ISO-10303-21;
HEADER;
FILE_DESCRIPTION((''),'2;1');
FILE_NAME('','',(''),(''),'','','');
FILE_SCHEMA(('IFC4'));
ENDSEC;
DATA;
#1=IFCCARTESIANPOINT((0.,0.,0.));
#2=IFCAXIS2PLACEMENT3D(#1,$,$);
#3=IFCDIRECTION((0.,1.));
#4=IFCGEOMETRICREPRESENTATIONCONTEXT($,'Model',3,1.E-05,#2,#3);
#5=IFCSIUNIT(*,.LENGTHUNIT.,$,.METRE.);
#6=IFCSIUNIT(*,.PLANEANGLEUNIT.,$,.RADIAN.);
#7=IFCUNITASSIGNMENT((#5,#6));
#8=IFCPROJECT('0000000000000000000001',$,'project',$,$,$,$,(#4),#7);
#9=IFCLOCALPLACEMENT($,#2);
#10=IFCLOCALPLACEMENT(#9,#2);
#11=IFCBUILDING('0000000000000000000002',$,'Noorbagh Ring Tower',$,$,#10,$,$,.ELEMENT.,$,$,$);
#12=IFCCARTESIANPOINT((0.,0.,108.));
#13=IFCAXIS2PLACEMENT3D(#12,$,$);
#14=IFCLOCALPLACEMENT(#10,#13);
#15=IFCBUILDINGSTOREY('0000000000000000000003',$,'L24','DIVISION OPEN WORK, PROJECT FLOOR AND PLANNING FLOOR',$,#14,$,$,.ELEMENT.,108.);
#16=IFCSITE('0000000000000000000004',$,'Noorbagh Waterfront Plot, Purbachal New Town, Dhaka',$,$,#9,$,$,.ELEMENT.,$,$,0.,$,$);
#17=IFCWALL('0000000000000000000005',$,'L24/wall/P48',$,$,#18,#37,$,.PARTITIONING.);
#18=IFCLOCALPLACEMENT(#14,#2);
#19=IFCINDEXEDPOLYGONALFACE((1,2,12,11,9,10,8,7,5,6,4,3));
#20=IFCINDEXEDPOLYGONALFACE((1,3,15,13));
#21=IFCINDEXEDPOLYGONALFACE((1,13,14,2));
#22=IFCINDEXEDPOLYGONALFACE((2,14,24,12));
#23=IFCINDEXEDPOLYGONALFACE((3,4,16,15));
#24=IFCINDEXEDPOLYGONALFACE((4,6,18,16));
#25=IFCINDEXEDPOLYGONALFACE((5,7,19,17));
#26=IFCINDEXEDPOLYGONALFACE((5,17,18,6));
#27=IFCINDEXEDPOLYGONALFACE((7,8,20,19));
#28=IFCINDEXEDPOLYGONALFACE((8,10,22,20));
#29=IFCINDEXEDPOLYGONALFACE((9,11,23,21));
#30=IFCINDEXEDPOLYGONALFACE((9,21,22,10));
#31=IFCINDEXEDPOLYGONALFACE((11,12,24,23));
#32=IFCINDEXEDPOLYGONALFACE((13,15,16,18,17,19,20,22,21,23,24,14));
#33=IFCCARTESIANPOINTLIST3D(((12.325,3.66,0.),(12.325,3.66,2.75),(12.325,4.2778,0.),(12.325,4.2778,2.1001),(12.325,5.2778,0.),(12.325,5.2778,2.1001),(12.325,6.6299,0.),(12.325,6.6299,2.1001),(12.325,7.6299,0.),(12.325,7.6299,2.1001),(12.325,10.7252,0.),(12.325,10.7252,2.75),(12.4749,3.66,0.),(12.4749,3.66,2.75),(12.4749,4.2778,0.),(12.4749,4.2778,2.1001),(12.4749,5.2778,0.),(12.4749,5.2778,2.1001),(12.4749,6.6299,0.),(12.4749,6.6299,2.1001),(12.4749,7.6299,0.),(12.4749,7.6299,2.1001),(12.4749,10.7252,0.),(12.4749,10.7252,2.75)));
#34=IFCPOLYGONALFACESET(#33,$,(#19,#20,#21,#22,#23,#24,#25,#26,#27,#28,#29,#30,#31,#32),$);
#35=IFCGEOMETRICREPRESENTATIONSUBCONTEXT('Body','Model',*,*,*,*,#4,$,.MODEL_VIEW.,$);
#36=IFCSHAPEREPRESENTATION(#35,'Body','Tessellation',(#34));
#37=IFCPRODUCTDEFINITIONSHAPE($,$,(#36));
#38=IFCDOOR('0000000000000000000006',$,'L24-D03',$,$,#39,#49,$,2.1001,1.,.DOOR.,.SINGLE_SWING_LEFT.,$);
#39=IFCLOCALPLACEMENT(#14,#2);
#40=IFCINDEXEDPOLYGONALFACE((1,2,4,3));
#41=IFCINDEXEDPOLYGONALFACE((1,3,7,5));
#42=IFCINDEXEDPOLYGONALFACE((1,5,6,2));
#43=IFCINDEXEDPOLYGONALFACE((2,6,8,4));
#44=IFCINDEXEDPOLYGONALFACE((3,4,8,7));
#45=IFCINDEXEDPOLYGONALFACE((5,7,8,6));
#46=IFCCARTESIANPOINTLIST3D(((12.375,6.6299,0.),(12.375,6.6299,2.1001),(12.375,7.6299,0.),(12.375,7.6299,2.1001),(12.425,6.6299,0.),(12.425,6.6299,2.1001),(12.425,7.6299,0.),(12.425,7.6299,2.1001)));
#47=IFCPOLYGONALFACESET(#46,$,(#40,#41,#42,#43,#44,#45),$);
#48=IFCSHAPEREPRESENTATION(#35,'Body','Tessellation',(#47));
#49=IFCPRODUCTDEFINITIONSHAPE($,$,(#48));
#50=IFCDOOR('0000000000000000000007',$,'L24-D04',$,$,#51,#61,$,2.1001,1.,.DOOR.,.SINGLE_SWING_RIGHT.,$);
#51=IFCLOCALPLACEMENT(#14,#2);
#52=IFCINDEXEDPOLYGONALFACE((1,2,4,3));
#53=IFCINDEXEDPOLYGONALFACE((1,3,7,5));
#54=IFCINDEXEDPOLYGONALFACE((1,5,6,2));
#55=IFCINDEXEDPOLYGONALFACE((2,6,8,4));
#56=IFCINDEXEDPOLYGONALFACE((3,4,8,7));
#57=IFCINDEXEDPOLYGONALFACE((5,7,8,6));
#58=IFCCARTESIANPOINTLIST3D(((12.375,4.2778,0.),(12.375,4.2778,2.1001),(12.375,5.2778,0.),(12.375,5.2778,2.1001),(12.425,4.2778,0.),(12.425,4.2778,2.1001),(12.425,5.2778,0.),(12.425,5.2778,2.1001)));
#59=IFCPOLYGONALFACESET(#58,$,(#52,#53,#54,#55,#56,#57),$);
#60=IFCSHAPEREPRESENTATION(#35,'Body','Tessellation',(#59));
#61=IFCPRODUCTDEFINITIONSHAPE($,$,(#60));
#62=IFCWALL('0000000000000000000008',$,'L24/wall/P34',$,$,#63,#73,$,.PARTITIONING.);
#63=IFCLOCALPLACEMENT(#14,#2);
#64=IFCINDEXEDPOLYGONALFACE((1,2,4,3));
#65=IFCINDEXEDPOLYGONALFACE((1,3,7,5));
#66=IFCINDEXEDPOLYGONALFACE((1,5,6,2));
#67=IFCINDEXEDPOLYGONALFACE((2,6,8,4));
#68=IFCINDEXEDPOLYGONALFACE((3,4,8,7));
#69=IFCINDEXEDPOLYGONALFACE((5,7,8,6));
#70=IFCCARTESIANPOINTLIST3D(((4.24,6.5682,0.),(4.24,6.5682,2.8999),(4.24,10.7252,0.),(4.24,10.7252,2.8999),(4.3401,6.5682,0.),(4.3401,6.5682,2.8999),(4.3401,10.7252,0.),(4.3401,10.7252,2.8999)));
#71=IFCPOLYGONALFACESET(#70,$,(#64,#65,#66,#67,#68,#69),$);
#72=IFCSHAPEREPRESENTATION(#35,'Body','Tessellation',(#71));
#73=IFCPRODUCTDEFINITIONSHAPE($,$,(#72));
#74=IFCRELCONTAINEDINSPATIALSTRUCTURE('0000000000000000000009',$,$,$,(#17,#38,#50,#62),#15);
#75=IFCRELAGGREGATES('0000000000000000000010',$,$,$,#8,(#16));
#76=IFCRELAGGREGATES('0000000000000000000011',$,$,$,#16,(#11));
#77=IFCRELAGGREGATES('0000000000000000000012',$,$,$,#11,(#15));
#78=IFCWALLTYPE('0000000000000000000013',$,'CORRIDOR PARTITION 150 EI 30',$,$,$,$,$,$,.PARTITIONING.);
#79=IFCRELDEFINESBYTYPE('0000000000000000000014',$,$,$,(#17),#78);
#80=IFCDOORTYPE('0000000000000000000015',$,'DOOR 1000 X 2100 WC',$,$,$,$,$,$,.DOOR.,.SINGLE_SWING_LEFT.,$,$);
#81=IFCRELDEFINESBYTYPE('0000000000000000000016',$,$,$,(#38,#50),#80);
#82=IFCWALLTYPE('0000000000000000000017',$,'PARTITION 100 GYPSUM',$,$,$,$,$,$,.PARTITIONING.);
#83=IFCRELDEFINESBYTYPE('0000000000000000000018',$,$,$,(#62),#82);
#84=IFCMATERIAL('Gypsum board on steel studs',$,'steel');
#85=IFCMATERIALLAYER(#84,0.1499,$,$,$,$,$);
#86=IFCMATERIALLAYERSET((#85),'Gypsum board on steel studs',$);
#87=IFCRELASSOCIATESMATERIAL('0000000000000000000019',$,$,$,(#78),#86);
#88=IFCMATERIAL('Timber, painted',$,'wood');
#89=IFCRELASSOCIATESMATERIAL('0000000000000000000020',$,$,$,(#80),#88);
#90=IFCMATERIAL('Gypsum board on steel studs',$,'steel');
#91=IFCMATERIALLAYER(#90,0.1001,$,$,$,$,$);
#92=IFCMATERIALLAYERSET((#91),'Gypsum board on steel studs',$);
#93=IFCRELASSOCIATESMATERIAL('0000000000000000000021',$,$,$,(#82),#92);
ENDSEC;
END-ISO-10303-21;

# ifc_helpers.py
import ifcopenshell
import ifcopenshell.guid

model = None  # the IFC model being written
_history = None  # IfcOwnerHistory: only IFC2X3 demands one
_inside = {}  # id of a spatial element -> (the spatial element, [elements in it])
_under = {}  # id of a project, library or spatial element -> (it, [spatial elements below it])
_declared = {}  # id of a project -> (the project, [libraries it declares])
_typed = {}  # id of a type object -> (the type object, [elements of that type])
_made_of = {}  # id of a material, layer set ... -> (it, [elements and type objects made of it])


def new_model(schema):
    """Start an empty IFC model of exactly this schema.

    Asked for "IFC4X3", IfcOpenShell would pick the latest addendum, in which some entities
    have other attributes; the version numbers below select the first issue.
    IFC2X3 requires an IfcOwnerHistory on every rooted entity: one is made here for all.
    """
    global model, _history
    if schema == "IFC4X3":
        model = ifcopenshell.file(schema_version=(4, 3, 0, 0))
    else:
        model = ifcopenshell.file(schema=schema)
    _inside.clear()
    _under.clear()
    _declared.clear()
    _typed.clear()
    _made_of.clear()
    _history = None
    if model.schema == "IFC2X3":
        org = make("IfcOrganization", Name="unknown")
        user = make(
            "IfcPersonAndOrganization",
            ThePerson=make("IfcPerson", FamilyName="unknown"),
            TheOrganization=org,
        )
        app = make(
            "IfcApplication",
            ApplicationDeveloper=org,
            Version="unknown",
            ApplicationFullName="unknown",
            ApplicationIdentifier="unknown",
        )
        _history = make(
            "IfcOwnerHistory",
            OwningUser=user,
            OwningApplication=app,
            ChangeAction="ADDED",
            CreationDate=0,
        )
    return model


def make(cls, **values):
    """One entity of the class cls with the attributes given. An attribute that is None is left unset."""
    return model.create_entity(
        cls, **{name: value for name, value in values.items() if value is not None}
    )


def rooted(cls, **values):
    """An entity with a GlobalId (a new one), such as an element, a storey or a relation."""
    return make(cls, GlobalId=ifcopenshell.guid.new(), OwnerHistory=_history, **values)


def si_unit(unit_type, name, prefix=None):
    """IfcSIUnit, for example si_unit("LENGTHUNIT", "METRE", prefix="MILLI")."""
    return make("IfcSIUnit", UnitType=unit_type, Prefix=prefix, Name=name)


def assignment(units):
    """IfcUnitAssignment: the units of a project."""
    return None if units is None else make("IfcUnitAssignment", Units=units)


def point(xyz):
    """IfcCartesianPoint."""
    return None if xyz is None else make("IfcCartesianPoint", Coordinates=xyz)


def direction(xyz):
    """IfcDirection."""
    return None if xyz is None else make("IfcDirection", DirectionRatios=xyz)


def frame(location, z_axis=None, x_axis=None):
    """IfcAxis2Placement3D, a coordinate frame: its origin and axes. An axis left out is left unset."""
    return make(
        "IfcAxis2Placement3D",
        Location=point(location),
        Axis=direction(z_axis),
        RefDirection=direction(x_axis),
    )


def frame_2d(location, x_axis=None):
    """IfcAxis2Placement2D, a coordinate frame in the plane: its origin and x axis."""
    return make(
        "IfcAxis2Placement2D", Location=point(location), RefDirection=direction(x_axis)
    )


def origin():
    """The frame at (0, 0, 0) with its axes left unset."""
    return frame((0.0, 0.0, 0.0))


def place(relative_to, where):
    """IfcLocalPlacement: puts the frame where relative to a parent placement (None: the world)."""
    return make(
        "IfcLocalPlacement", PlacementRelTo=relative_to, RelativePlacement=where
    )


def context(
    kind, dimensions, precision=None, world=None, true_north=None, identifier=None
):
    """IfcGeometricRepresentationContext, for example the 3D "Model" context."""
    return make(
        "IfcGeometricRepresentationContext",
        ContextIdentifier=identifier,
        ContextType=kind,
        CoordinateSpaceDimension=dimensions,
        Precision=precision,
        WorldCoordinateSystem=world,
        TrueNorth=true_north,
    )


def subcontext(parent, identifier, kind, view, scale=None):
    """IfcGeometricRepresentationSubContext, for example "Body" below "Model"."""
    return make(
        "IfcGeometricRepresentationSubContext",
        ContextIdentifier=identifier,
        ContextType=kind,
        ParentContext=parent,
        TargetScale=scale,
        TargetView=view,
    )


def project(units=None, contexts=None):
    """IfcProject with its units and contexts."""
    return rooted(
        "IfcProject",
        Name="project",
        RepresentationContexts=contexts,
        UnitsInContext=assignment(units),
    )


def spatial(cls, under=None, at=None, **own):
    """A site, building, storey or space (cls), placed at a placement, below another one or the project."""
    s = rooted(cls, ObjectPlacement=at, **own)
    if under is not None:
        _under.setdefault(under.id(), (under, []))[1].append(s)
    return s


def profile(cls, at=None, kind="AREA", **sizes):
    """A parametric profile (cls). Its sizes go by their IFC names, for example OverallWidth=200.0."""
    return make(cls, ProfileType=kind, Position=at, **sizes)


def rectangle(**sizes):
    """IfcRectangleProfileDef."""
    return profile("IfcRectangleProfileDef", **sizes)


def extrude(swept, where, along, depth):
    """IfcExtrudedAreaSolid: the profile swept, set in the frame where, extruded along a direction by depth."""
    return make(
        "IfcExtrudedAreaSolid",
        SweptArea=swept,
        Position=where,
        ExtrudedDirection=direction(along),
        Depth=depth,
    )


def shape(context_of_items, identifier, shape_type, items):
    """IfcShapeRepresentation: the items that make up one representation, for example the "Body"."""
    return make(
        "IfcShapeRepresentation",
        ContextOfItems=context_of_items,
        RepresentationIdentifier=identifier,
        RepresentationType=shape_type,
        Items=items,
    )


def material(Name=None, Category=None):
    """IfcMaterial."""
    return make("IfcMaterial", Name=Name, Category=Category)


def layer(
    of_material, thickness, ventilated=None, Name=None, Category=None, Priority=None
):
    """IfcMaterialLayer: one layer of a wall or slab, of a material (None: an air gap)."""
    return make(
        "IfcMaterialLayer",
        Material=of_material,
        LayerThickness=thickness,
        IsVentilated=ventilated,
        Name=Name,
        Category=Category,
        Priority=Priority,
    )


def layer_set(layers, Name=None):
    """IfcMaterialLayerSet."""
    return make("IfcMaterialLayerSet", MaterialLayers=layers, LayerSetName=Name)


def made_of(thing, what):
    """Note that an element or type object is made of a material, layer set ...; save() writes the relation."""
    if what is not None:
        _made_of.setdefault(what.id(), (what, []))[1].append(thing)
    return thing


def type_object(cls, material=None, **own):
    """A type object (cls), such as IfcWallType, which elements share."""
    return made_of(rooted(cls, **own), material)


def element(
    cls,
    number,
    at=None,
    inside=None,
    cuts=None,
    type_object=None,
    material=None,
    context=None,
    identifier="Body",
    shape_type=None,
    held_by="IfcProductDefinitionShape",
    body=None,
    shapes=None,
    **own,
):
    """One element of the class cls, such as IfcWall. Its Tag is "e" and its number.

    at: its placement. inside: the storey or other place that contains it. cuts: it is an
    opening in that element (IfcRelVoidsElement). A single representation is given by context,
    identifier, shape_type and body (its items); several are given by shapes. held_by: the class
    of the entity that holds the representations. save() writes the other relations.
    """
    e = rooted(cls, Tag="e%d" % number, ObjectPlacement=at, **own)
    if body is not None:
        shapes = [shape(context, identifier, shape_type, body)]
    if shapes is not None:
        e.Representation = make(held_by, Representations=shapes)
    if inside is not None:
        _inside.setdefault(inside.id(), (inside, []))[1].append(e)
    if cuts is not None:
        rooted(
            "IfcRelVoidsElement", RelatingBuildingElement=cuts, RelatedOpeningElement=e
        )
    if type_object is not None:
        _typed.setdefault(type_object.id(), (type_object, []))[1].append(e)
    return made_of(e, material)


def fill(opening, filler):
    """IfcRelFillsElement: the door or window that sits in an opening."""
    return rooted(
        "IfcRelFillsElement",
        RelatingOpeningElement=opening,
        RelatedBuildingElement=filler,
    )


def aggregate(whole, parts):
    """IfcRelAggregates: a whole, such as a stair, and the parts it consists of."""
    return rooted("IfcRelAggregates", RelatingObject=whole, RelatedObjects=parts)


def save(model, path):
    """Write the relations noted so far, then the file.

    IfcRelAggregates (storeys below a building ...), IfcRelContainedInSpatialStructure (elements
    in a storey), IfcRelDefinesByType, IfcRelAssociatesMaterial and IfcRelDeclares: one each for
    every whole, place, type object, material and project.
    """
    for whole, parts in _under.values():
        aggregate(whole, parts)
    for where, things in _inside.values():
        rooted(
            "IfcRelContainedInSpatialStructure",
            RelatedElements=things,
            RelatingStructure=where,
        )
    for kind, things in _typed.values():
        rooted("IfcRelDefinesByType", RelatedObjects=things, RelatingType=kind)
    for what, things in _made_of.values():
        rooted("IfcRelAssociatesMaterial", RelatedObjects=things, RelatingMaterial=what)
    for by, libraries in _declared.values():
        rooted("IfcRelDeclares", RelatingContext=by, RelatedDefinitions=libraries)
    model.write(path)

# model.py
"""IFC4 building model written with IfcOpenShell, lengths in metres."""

from ifc_helpers import new_model, si_unit, direction, frame, frame_2d, origin, place, context, subcontext, project, spatial, rectangle, extrude, material, layer, layer_set, type_object, element, fill, save


model = new_model("IFC4")

# Units and contexts
model_context = context("Model", 3, precision=1e-05, world=origin(), true_north=direction((0.0, 1.0)))
body_context = subcontext(model_context, "Body", "Model", "MODEL_VIEW")
ifc_project = project(units=[si_unit("LENGTHUNIT", "METRE"), si_unit("PLANEANGLEUNIT", "RADIAN")], contexts=[model_context])

# Site, building, storey
site_placement = place(None, origin())
site = spatial("IfcSite", under=ifc_project, at=site_placement, Name="Noorbagh Waterfront Plot, Purbachal New Town, Dhaka", CompositionType="ELEMENT", RefElevation=0.0)
building_placement = place(site_placement, origin())
building = spatial("IfcBuilding", under=site, at=building_placement, Name="Noorbagh Ring Tower", CompositionType="ELEMENT")
storey_placement = place(building_placement, frame((0.0, 0.0, 108.0)))
storey = spatial("IfcBuildingStorey", under=building, at=storey_placement, Name="L24", Description="DIVISION OPEN WORK, PROJECT FLOOR AND PLANNING FLOOR", CompositionType="ELEMENT", Elevation=108.0)

# Shared definitions
ifc_material_1 = material(Name="Gypsum board on steel studs", Category="steel")
ifc_layer_1 = layer(ifc_material_1, 0.1499)
ifc_layer_set_1 = layer_set([ifc_layer_1], Name="Gypsum board on steel studs")
wall_type_1 = type_object("IfcWallType", Name="CORRIDOR PARTITION 150 EI 30", PredefinedType="PARTITIONING", material=ifc_layer_set_1)
ifc_material_2 = material(Name="Timber, painted", Category="wood")
door_type_1 = type_object("IfcDoorType", Name="DOOR 1000 X 2100 WC", OperationType="SINGLE_SWING_LEFT", PredefinedType="DOOR", material=ifc_material_2)

# Wall, openings, doors
wall_1_placement = place(storey_placement, frame((12.3999, 3.6599, 0.0), z_axis=(0.0, 0.0, 1.0), x_axis=(0.0, 1.0, 0.0)))
wall_1 = element("IfcWall", 1, at=wall_1_placement, inside=storey, type_object=wall_type_1, Name="L24/wall/P48", PredefinedType="PARTITIONING", context=body_context, shape_type="SweptSolid", body=[
    extrude(rectangle(XDim=7.0652, YDim=0.1499, at=frame_2d((3.5327, 0.0))), origin(), (0.0, 0.0, 1.0), 2.75),
])
opening_1_placement = place(wall_1_placement, frame((2.97, 0.0, 0.0)))
opening_1 = element("IfcOpeningElement", 2, at=opening_1_placement, cuts=wall_1, PredefinedType="OPENING", context=body_context, shape_type="SweptSolid", body=[
    extrude(rectangle(XDim=1.0, YDim=2.1001, at=frame_2d((0.5, 1.05))), frame((0.0, 0.085, 0.0), z_axis=(0.0, -1.0, 0.0), x_axis=(1.0, 0.0, 0.0)), (0.0, 0.0, 1.0), 0.1699),
])
opening_2_placement = place(wall_1_placement, frame((0.6179, 0.0, 0.0)))
opening_2 = element("IfcOpeningElement", 3, at=opening_2_placement, cuts=wall_1, PredefinedType="OPENING", context=body_context, shape_type="SweptSolid", body=[
    extrude(rectangle(XDim=1.0, YDim=2.1001, at=frame_2d((0.5, 1.05))), frame((0.0, 0.085, 0.0), z_axis=(0.0, -1.0, 0.0), x_axis=(1.0, 0.0, 0.0)), (0.0, 0.0, 1.0), 0.1699),
])
door_1_placement = place(opening_1_placement, origin())
door_1 = element("IfcDoor", 4, at=door_1_placement, inside=storey, type_object=door_type_1, Name="L24-D03", OperationType="SINGLE_SWING_LEFT", OverallHeight=2.1001, OverallWidth=1.0, PredefinedType="DOOR", context=body_context, shape_type="SweptSolid", body=[
    extrude(rectangle(XDim=1.0, YDim=2.1001, at=frame_2d((0.5, 1.05))), frame((0.0, 0.0249, 0.0), z_axis=(0.0, -1.0, 0.0), x_axis=(1.0, 0.0, 0.0)), (0.0, 0.0, 1.0), 0.05),
])
fill(opening_1, door_1)
door_2_placement = place(opening_2_placement, origin())
door_2 = element("IfcDoor", 5, at=door_2_placement, inside=storey, type_object=door_type_1, Name="L24-D04", OperationType="SINGLE_SWING_RIGHT", OverallHeight=2.1001, OverallWidth=1.0, PredefinedType="DOOR", context=body_context, shape_type="SweptSolid", body=[
    extrude(rectangle(XDim=1.0, YDim=2.1001, at=frame_2d((0.5, 1.05))), frame((0.0, 0.0249, 0.0), z_axis=(0.0, -1.0, 0.0), x_axis=(1.0, 0.0, 0.0)), (0.0, 0.0, 1.0), 0.05),
])
fill(opening_2, door_2)

# Wall
ifc_material_3 = material(Name="Gypsum board on steel studs", Category="steel")
ifc_layer_2 = layer(ifc_material_3, 0.1001)
ifc_layer_set_2 = layer_set([ifc_layer_2], Name="Gypsum board on steel studs")
wall_type_2 = type_object("IfcWallType", Name="PARTITION 100 GYPSUM", PredefinedType="PARTITIONING", material=ifc_layer_set_2)
wall_2_placement = place(storey_placement, frame((4.29, 6.5681, 0.0), z_axis=(0.0, 0.0, 1.0), x_axis=(0.0, 1.0, 0.0)))
element("IfcWall", 6, at=wall_2_placement, inside=storey, type_object=wall_type_2, Name="L24/wall/P34", PredefinedType="PARTITIONING", context=body_context, shape_type="SweptSolid", body=[
    extrude(rectangle(XDim=4.157, YDim=0.1001, at=frame_2d((2.0786, 0.0))), origin(), (0.0, 0.0, 1.0), 2.8999),
])

save(model, "model.ifc")
